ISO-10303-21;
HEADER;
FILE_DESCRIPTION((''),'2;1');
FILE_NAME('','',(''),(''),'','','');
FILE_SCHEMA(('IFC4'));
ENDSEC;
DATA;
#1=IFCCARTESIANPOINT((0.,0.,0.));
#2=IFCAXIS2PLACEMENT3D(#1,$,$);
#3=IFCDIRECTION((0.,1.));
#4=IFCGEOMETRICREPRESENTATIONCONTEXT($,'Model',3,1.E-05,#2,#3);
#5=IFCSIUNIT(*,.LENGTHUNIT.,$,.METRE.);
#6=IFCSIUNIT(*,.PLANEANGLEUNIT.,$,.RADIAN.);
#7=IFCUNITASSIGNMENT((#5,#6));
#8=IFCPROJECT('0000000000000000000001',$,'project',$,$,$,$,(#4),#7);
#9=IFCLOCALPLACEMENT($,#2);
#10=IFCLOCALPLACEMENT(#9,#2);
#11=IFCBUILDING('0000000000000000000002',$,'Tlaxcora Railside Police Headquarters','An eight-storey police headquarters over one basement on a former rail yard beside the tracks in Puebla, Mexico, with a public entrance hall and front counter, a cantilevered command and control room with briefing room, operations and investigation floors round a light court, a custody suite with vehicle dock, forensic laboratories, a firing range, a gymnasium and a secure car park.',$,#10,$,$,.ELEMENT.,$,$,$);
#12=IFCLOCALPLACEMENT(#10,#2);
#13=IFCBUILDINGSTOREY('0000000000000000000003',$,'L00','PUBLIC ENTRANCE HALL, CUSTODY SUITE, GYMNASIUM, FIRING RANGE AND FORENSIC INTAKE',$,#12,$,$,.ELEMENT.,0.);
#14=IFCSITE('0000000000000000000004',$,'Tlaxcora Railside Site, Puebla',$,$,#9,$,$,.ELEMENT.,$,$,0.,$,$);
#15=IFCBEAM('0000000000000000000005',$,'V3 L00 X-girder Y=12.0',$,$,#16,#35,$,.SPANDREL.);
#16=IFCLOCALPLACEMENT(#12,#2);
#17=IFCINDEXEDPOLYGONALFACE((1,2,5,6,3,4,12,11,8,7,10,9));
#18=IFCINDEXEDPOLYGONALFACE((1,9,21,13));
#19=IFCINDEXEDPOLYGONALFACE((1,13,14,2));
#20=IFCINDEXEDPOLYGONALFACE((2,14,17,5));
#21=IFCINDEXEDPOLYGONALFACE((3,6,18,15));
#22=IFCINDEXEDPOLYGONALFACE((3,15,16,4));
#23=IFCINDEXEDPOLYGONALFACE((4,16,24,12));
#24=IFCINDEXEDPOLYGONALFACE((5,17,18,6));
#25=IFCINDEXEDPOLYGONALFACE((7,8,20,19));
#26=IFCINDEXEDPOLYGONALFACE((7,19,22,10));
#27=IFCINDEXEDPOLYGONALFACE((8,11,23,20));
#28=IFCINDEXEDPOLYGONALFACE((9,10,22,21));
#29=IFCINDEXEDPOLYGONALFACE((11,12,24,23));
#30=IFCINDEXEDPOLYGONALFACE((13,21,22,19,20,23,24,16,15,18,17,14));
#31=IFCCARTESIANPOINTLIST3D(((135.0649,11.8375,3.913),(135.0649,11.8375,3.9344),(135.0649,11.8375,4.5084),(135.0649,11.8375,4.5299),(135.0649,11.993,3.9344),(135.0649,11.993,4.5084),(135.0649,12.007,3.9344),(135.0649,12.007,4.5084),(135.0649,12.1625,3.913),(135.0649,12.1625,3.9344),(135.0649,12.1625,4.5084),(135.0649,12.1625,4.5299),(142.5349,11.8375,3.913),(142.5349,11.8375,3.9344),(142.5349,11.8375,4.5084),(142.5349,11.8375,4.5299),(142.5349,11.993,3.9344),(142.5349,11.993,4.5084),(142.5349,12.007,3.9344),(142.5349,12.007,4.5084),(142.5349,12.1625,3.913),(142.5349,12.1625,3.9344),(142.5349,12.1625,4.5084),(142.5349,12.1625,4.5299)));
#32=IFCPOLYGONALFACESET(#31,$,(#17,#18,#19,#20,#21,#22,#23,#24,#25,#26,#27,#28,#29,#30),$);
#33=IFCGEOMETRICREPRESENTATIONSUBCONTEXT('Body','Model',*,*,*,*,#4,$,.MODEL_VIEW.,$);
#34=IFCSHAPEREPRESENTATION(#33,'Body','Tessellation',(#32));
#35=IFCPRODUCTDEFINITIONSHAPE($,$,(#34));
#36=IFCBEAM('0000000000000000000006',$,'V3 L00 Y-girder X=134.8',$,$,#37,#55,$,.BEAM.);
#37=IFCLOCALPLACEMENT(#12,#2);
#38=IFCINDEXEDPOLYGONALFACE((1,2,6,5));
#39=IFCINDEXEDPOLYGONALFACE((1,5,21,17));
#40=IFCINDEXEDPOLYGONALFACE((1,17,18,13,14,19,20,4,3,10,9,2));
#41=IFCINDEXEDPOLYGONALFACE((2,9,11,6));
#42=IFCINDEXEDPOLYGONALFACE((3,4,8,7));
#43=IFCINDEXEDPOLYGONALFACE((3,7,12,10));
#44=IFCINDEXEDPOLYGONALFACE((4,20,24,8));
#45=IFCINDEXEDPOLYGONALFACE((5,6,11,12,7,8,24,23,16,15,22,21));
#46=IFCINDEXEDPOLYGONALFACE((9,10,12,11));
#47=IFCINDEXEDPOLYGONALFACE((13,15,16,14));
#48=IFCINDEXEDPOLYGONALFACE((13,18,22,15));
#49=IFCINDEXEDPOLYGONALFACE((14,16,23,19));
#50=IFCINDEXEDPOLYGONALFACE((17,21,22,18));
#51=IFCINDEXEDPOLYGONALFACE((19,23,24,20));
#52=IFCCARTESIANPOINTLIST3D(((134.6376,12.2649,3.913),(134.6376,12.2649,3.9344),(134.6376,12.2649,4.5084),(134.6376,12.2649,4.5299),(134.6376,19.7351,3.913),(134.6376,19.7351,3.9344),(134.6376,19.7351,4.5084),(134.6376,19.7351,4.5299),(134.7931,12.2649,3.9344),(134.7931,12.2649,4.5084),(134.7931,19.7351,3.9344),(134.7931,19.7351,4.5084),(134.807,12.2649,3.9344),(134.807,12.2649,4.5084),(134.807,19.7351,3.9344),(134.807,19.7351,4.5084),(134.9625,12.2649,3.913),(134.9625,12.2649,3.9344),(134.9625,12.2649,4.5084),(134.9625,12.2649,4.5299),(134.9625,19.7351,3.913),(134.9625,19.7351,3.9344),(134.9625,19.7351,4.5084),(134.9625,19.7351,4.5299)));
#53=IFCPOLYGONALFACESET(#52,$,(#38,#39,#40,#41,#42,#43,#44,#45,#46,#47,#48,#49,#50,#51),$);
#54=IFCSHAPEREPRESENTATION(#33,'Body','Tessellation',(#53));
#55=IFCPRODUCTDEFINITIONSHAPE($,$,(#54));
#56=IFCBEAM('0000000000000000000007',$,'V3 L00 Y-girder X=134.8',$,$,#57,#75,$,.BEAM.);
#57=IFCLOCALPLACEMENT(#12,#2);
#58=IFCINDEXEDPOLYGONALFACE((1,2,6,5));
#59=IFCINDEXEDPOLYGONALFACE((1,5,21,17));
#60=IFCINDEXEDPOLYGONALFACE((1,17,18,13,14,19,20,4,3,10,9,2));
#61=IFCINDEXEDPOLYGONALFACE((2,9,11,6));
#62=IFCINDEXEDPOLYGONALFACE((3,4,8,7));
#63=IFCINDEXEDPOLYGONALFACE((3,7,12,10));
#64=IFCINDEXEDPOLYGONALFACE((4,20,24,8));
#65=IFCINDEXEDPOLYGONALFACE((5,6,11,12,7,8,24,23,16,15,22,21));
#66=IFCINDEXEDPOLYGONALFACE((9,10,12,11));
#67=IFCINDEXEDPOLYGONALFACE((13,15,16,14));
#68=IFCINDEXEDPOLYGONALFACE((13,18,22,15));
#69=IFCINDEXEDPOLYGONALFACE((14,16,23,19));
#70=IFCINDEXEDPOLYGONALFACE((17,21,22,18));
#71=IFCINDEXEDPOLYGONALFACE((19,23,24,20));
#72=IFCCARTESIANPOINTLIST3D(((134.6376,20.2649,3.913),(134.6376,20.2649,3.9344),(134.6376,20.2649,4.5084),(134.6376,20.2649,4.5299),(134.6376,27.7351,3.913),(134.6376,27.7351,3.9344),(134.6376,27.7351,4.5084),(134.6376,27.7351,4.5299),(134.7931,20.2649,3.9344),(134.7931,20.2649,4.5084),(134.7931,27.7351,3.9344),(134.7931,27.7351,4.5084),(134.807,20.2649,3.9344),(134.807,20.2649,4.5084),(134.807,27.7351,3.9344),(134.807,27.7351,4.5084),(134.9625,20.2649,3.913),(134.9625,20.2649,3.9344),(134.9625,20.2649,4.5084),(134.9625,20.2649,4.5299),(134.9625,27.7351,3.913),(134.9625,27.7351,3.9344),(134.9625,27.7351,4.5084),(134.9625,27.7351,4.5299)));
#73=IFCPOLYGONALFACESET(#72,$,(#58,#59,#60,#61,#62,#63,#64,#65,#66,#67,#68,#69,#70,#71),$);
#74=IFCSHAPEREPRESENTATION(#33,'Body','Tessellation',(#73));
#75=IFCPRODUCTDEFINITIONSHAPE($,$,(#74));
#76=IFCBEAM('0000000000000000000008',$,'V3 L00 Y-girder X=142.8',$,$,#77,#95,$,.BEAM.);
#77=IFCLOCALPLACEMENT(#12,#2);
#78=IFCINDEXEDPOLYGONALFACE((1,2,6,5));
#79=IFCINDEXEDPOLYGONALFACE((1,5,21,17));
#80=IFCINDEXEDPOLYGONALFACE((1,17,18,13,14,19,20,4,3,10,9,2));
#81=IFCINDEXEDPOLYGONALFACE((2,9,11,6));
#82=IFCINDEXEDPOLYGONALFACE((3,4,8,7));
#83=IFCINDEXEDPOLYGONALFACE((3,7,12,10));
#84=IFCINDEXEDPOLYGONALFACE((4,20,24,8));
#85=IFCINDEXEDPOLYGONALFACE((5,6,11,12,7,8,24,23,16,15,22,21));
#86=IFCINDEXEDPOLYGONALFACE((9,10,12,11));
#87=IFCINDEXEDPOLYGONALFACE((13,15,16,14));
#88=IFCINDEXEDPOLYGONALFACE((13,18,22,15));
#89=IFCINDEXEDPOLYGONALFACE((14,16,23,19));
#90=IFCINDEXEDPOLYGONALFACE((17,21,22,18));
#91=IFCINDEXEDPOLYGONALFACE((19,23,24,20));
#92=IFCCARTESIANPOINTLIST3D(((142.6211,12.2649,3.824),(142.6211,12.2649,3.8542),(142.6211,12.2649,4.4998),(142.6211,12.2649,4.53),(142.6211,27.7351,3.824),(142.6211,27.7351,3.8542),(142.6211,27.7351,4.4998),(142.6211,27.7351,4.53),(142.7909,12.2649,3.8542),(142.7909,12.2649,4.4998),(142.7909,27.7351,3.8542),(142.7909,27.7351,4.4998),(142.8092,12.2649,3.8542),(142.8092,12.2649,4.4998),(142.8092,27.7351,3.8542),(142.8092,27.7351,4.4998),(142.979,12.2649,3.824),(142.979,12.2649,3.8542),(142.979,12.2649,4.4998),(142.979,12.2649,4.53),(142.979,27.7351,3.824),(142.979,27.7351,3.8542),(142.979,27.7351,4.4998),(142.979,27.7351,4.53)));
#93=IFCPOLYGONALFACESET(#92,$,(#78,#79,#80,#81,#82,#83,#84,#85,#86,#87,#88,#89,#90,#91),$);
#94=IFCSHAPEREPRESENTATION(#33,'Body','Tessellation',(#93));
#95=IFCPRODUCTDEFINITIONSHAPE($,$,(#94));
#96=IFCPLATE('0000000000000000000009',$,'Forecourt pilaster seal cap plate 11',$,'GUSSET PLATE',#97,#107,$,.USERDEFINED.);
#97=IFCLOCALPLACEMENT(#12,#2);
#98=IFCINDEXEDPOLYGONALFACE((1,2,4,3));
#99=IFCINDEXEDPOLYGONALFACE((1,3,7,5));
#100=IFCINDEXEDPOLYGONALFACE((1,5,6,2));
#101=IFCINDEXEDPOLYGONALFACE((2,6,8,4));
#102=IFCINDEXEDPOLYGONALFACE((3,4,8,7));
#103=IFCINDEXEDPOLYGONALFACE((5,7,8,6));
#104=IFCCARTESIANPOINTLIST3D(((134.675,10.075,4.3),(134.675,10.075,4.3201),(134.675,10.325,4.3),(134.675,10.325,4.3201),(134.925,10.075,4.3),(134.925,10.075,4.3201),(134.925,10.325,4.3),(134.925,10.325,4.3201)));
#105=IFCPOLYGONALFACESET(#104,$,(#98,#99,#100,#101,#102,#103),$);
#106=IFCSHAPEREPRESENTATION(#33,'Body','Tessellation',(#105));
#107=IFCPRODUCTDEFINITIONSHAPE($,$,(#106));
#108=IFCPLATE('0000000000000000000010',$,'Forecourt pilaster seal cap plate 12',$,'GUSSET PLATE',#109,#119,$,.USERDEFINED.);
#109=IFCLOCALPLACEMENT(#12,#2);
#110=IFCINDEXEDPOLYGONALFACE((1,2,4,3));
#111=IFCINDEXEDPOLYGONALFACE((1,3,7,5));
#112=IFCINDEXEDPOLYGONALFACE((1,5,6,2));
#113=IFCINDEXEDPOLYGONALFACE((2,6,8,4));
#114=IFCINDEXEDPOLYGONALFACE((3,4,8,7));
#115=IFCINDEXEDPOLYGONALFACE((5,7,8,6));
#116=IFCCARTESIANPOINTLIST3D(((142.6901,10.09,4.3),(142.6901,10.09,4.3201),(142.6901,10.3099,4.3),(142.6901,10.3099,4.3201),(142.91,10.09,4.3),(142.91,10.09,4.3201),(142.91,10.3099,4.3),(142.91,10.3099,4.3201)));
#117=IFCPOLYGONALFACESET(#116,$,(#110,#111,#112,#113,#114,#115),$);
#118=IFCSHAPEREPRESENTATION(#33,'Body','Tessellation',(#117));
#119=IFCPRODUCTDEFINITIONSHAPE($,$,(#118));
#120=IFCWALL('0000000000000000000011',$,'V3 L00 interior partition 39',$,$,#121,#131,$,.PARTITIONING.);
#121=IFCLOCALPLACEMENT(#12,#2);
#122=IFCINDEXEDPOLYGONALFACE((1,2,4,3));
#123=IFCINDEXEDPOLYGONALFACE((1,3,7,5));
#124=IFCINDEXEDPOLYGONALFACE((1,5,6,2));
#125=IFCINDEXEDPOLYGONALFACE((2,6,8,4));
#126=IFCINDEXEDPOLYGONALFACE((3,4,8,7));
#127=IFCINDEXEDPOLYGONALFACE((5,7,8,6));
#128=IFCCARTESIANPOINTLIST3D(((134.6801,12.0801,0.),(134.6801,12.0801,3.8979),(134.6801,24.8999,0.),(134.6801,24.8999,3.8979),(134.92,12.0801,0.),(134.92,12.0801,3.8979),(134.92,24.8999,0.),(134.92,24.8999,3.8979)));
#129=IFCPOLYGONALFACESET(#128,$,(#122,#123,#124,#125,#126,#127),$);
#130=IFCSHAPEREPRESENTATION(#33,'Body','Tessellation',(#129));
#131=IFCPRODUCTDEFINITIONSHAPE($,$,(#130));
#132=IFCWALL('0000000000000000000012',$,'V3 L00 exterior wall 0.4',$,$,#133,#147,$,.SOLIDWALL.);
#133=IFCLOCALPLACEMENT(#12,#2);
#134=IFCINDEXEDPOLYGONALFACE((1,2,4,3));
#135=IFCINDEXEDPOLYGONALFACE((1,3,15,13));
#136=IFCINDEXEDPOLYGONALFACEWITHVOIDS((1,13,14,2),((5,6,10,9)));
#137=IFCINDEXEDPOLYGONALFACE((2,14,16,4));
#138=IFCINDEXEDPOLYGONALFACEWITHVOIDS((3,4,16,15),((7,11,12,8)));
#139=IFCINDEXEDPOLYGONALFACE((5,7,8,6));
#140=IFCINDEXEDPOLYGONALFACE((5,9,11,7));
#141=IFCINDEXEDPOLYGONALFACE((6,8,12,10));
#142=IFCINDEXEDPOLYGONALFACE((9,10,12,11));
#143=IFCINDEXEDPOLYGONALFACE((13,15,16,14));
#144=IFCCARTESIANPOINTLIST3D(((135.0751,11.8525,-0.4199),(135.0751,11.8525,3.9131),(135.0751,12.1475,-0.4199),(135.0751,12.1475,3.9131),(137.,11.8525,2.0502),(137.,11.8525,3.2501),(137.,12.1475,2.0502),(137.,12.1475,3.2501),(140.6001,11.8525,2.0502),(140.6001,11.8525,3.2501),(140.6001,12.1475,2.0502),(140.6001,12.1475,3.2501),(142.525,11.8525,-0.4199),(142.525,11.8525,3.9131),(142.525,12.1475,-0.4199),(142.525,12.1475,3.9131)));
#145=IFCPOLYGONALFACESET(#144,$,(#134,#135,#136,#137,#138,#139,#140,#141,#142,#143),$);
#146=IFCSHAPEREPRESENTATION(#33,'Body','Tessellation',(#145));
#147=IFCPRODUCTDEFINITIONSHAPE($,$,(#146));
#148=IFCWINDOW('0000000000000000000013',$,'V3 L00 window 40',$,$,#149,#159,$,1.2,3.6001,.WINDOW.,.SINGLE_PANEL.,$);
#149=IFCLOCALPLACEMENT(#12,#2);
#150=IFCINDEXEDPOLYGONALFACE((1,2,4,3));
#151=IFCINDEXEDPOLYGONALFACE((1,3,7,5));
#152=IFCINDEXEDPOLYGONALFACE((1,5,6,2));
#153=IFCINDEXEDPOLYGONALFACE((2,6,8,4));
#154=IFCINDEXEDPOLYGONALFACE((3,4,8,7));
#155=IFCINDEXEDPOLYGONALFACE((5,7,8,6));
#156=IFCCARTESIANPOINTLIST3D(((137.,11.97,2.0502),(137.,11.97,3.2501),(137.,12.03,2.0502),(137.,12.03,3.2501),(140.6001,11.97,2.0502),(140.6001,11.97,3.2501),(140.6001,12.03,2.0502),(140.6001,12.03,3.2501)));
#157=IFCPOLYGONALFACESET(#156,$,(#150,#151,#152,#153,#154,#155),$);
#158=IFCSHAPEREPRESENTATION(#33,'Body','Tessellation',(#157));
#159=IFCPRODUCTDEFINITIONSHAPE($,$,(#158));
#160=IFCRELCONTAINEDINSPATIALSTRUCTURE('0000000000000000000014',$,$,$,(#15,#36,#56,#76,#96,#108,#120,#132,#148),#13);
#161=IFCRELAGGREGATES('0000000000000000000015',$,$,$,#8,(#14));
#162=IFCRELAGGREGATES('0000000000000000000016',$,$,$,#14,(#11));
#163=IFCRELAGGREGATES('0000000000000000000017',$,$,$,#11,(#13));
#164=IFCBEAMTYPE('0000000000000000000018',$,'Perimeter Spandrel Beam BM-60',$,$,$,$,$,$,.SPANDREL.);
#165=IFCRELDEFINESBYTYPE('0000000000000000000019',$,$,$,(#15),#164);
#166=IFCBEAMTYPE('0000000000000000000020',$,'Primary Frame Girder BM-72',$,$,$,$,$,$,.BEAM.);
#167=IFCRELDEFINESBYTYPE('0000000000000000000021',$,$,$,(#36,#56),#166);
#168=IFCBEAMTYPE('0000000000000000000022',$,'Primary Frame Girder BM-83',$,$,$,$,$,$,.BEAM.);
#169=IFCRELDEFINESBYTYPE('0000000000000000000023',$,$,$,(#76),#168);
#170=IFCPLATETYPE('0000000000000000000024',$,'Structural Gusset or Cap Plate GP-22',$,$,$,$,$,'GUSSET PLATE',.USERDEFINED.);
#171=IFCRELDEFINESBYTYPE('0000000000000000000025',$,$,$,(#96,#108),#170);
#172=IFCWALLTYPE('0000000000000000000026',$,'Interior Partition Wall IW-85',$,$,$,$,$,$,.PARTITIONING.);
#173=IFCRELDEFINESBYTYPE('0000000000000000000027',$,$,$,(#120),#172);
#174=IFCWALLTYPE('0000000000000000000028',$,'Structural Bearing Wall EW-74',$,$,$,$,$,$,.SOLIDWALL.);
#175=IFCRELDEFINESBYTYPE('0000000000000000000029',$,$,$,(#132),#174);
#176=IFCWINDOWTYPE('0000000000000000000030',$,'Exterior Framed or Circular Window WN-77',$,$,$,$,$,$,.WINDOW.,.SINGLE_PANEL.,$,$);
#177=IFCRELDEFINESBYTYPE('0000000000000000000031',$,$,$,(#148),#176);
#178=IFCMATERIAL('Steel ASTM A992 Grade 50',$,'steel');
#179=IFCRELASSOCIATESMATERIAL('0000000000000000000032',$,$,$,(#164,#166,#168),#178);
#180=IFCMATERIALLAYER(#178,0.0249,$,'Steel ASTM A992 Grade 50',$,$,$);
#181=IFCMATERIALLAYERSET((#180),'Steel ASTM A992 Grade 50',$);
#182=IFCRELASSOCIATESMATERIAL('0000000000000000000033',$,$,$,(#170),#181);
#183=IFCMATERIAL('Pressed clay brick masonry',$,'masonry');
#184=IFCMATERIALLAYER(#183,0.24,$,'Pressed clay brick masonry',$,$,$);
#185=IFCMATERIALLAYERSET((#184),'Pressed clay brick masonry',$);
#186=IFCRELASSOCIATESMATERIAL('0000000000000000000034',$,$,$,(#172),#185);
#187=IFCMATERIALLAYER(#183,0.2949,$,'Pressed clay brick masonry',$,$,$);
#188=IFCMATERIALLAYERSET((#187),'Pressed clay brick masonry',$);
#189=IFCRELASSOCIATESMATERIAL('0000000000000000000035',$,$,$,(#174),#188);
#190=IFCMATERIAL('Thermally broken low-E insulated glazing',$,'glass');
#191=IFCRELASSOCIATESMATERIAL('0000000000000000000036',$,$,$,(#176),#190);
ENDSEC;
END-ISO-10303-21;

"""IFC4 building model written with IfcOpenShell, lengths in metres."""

from ifc_helpers import new_model, si_unit, direction, frame, frame_2d, origin, origin_2d, place, context, subcontext, project, spatial, rectangle, i_section, extrude, material, layer, layer_set, material_profile, profile_set, type_object, element, fill, save


model = new_model("IFC4")

# Units and contexts
model_context = context("Model", 3, precision=1e-05, world=origin(), true_north=direction((0.0, 1.0)))
body_context = subcontext(model_context, "Body", "Model", "MODEL_VIEW")
ifc_project = project(units=[si_unit("LENGTHUNIT", "METRE"), si_unit("PLANEANGLEUNIT", "RADIAN")], contexts=[model_context])

# Site, building, storey
site_placement = place(None, origin())
site = spatial("IfcSite", under=ifc_project, at=site_placement, Name="Tlaxcora Railside Site, Puebla", CompositionType="ELEMENT", RefElevation=0.0)
building_placement = place(site_placement, origin())
building = spatial("IfcBuilding", under=site, at=building_placement, Name="Tlaxcora Railside Police Headquarters", Description="An eight-storey police headquarters over one basement on a former rail yard beside the tracks in Puebla, Mexico, with a public entrance hall and front counter, a cantilevered command and control room with briefing room, operations and investigation floors round a light court, a custody suite with vehicle dock, forensic laboratories, a firing range, a gymnasium and a secure car park.", CompositionType="ELEMENT")
storey_placement = place(building_placement, origin())
storey = spatial("IfcBuildingStorey", under=building, at=storey_placement, Name="L00", Description="PUBLIC ENTRANCE HALL, CUSTODY SUITE, GYMNASIUM, FIRING RANGE AND FORENSIC INTAKE", CompositionType="ELEMENT", Elevation=0.0)

# Shared definitions
ifc_material_1 = material(Name="Steel ASTM A992 Grade 50", Category="steel")

# Beams
ifc_material_profile_1 = material_profile(ifc_material_1, i_section(OverallWidth=0.325, OverallDepth=0.6169, WebThickness=0.0139, FlangeThickness=0.0215, at=origin_2d()), Name="W24X117")
ifc_profile_set_1 = profile_set([ifc_material_profile_1], Name="Steel ASTM A992 Grade 50")
beam_type_1 = type_object("IfcBeamType", Name="Perimeter Spandrel Beam BM-60", PredefinedType="SPANDREL", material=ifc_profile_set_1)
beam_1_placement = place(storey_placement, frame((135.0649, 12.0, 4.2214), z_axis=(1.0, 0.0, 0.0), x_axis=(0.0, 1.0, 0.0)))
element("IfcBeam", 1, at=beam_1_placement, inside=storey, type_object=beam_type_1, Name="V3 L00 X-girder Y=12.0", PredefinedType="SPANDREL", context=body_context, shape_type="SweptSolid", body=[
    extrude(i_section(OverallWidth=0.325, OverallDepth=0.6169, WebThickness=0.0139, FlangeThickness=0.0215, at=origin_2d()), origin(), (0.0, 0.0, 1.0), 7.47),
])
ifc_material_profile_2 = material_profile(ifc_material_1, i_section(OverallWidth=0.325, OverallDepth=0.6169, WebThickness=0.0139, FlangeThickness=0.0215, at=origin_2d()), Name="W24X117")
ifc_profile_set_2 = profile_set([ifc_material_profile_2], Name="Steel ASTM A992 Grade 50")
beam_type_2 = type_object("IfcBeamType", Name="Primary Frame Girder BM-72", PredefinedType="BEAM", material=ifc_profile_set_2)
for number, where, z_axis, x_axis, name in (
    (2, (134.8, 12.2649, 4.2214), (0.0, 1.0, 0.0), (-1.0, 0.0, 0.0), "V3 L00 Y-girder X=134.8"),
    (3, (134.8, 20.2649, 4.2214), (0.0, 1.0, 0.0), (-1.0, 0.0, 0.0), "V3 L00 Y-girder X=134.8"),
):
    element("IfcBeam", number, at=place(storey_placement, frame(where, z_axis=z_axis, x_axis=x_axis)), inside=storey, type_object=beam_type_2, Name=name, PredefinedType="BEAM", context=body_context, shape_type="SweptSolid", body=[
        extrude(i_section(OverallWidth=0.325, OverallDepth=0.6169, WebThickness=0.0139, FlangeThickness=0.0215, at=origin_2d()), origin(), (0.0, 0.0, 1.0), 7.4702),
    ])
ifc_material_profile_3 = material_profile(ifc_material_1, i_section(OverallWidth=0.3579, OverallDepth=0.7061, WebThickness=0.0183, FlangeThickness=0.0303, at=origin_2d()), Name="W27X178")
ifc_profile_set_3 = profile_set([ifc_material_profile_3], Name="Steel ASTM A992 Grade 50")
beam_type_3 = type_object("IfcBeamType", Name="Primary Frame Girder BM-83", PredefinedType="BEAM", material=ifc_profile_set_3)
beam_2_placement = place(storey_placement, frame((142.8, 12.2649, 4.177), z_axis=(0.0, 1.0, 0.0), x_axis=(-1.0, 0.0, 0.0)))
element("IfcBeam", 4, at=beam_2_placement, inside=storey, type_object=beam_type_3, Name="V3 L00 Y-girder X=142.8", PredefinedType="BEAM", context=body_context, shape_type="SweptSolid", body=[
    extrude(i_section(OverallWidth=0.3579, OverallDepth=0.7061, WebThickness=0.0183, FlangeThickness=0.0303, at=origin_2d()), origin(), (0.0, 0.0, 1.0), 15.4702),
])

# Plates
ifc_layer_1 = layer(ifc_material_1, 0.0249, Name="Steel ASTM A992 Grade 50")
ifc_layer_set_1 = layer_set([ifc_layer_1], Name="Steel ASTM A992 Grade 50")
plate_type = type_object("IfcPlateType", Name="Structural Gusset or Cap Plate GP-22", ElementType="GUSSET PLATE", PredefinedType="USERDEFINED", material=ifc_layer_set_1)
plate_1_placement = place(storey_placement, frame((134.8, 10.2, 4.3), z_axis=(0.0, 0.0, 1.0), x_axis=(1.0, 0.0, 0.0)))
element("IfcPlate", 5, at=plate_1_placement, inside=storey, type_object=plate_type, Name="Forecourt pilaster seal cap plate 11", ObjectType="GUSSET PLATE", PredefinedType="USERDEFINED", context=body_context, shape_type="SweptSolid", body=[
    extrude(rectangle(XDim=0.25, YDim=0.25, at=origin_2d()), origin(), (0.0, 0.0, 1.0), 0.02),
])
plate_2_placement = place(storey_placement, frame((142.8, 10.2, 4.3), z_axis=(0.0, 0.0, 1.0), x_axis=(1.0, 0.0, 0.0)))
element("IfcPlate", 6, at=plate_2_placement, inside=storey, type_object=plate_type, Name="Forecourt pilaster seal cap plate 12", ObjectType="GUSSET PLATE", PredefinedType="USERDEFINED", context=body_context, shape_type="SweptSolid", body=[
    extrude(rectangle(XDim=0.22, YDim=0.22, at=origin_2d()), origin(), (0.0, 0.0, 1.0), 0.02),
])

# Wall
ifc_material_2 = material(Name="Pressed clay brick masonry", Category="masonry")
ifc_layer_2 = layer(ifc_material_2, 0.24, Name="Pressed clay brick masonry")
ifc_layer_set_2 = layer_set([ifc_layer_2], Name="Pressed clay brick masonry")
wall_type_1 = type_object("IfcWallType", Name="Interior Partition Wall IW-85", PredefinedType="PARTITIONING", material=ifc_layer_set_2)
wall_1_placement = place(storey_placement, frame((134.8, 12.0801, 0.0), z_axis=(0.0, 0.0, 1.0), x_axis=(0.0, 1.0, 0.0)))
element("IfcWall", 7, at=wall_1_placement, inside=storey, type_object=wall_type_1, Name="V3 L00 interior partition 39", PredefinedType="PARTITIONING", context=body_context, shape_type="SweptSolid", body=[
    extrude(rectangle(XDim=12.8198, YDim=0.24, at=frame_2d((6.4099, 0.0))), origin(), (0.0, 0.0, 1.0), 3.8979),
])

# Wall, opening, window
ifc_layer_3 = layer(ifc_material_2, 0.2949, Name="Pressed clay brick masonry")
ifc_layer_set_3 = layer_set([ifc_layer_3], Name="Pressed clay brick masonry")
wall_type_2 = type_object("IfcWallType", Name="Structural Bearing Wall EW-74", PredefinedType="SOLIDWALL", material=ifc_layer_set_3)
wall_2_placement = place(storey_placement, frame((135.075, 12.0, -0.4199), z_axis=(0.0, 0.0, 1.0), x_axis=(1.0, 0.0, 0.0)))
wall_2 = element("IfcWall", 8, at=wall_2_placement, inside=storey, type_object=wall_type_2, Name="V3 L00 exterior wall 0.4", PredefinedType="SOLIDWALL", context=body_context, shape_type="SweptSolid", body=[
    extrude(rectangle(XDim=7.45, YDim=0.2949, at=frame_2d((3.7251, 0.0))), origin(), (0.0, 0.0, 1.0), 4.333),
])
opening_placement = place(wall_2_placement, frame((1.925, 0.0, 2.47)))
opening = element("IfcOpeningElement", 9, at=opening_placement, cuts=wall_2, PredefinedType="OPENING", context=body_context, shape_type="SweptSolid", body=[
    extrude(rectangle(XDim=3.6001, YDim=1.2, at=frame_2d((1.8, 0.6001))), frame((0.0, 0.1575, 0.0), z_axis=(0.0, -1.0, 0.0), x_axis=(1.0, 0.0, 0.0)), (0.0, 0.0, 1.0), 0.3149),
])
ifc_material_3 = material(Name="Thermally broken low-E insulated glazing", Category="glass")
window_type = type_object("IfcWindowType", Name="Exterior Framed or Circular Window WN-77", PartitioningType="SINGLE_PANEL", PredefinedType="WINDOW", material=ifc_material_3)
window_placement = place(opening_placement, origin())
window = element("IfcWindow", 10, at=window_placement, inside=storey, type_object=window_type, Name="V3 L00 window 40", OverallHeight=1.2, OverallWidth=3.6001, PartitioningType="SINGLE_PANEL", PredefinedType="WINDOW", context=body_context, shape_type="SweptSolid", body=[
    extrude(rectangle(XDim=3.6001, YDim=1.2, at=frame_2d((1.8, 0.6001))), frame((0.0, 0.03, 0.0), z_axis=(0.0, -1.0, 0.0), x_axis=(1.0, 0.0, 0.0)), (0.0, 0.0, 1.0), 0.0601),
])
fill(opening, window)

save(model, "model.ifc")
